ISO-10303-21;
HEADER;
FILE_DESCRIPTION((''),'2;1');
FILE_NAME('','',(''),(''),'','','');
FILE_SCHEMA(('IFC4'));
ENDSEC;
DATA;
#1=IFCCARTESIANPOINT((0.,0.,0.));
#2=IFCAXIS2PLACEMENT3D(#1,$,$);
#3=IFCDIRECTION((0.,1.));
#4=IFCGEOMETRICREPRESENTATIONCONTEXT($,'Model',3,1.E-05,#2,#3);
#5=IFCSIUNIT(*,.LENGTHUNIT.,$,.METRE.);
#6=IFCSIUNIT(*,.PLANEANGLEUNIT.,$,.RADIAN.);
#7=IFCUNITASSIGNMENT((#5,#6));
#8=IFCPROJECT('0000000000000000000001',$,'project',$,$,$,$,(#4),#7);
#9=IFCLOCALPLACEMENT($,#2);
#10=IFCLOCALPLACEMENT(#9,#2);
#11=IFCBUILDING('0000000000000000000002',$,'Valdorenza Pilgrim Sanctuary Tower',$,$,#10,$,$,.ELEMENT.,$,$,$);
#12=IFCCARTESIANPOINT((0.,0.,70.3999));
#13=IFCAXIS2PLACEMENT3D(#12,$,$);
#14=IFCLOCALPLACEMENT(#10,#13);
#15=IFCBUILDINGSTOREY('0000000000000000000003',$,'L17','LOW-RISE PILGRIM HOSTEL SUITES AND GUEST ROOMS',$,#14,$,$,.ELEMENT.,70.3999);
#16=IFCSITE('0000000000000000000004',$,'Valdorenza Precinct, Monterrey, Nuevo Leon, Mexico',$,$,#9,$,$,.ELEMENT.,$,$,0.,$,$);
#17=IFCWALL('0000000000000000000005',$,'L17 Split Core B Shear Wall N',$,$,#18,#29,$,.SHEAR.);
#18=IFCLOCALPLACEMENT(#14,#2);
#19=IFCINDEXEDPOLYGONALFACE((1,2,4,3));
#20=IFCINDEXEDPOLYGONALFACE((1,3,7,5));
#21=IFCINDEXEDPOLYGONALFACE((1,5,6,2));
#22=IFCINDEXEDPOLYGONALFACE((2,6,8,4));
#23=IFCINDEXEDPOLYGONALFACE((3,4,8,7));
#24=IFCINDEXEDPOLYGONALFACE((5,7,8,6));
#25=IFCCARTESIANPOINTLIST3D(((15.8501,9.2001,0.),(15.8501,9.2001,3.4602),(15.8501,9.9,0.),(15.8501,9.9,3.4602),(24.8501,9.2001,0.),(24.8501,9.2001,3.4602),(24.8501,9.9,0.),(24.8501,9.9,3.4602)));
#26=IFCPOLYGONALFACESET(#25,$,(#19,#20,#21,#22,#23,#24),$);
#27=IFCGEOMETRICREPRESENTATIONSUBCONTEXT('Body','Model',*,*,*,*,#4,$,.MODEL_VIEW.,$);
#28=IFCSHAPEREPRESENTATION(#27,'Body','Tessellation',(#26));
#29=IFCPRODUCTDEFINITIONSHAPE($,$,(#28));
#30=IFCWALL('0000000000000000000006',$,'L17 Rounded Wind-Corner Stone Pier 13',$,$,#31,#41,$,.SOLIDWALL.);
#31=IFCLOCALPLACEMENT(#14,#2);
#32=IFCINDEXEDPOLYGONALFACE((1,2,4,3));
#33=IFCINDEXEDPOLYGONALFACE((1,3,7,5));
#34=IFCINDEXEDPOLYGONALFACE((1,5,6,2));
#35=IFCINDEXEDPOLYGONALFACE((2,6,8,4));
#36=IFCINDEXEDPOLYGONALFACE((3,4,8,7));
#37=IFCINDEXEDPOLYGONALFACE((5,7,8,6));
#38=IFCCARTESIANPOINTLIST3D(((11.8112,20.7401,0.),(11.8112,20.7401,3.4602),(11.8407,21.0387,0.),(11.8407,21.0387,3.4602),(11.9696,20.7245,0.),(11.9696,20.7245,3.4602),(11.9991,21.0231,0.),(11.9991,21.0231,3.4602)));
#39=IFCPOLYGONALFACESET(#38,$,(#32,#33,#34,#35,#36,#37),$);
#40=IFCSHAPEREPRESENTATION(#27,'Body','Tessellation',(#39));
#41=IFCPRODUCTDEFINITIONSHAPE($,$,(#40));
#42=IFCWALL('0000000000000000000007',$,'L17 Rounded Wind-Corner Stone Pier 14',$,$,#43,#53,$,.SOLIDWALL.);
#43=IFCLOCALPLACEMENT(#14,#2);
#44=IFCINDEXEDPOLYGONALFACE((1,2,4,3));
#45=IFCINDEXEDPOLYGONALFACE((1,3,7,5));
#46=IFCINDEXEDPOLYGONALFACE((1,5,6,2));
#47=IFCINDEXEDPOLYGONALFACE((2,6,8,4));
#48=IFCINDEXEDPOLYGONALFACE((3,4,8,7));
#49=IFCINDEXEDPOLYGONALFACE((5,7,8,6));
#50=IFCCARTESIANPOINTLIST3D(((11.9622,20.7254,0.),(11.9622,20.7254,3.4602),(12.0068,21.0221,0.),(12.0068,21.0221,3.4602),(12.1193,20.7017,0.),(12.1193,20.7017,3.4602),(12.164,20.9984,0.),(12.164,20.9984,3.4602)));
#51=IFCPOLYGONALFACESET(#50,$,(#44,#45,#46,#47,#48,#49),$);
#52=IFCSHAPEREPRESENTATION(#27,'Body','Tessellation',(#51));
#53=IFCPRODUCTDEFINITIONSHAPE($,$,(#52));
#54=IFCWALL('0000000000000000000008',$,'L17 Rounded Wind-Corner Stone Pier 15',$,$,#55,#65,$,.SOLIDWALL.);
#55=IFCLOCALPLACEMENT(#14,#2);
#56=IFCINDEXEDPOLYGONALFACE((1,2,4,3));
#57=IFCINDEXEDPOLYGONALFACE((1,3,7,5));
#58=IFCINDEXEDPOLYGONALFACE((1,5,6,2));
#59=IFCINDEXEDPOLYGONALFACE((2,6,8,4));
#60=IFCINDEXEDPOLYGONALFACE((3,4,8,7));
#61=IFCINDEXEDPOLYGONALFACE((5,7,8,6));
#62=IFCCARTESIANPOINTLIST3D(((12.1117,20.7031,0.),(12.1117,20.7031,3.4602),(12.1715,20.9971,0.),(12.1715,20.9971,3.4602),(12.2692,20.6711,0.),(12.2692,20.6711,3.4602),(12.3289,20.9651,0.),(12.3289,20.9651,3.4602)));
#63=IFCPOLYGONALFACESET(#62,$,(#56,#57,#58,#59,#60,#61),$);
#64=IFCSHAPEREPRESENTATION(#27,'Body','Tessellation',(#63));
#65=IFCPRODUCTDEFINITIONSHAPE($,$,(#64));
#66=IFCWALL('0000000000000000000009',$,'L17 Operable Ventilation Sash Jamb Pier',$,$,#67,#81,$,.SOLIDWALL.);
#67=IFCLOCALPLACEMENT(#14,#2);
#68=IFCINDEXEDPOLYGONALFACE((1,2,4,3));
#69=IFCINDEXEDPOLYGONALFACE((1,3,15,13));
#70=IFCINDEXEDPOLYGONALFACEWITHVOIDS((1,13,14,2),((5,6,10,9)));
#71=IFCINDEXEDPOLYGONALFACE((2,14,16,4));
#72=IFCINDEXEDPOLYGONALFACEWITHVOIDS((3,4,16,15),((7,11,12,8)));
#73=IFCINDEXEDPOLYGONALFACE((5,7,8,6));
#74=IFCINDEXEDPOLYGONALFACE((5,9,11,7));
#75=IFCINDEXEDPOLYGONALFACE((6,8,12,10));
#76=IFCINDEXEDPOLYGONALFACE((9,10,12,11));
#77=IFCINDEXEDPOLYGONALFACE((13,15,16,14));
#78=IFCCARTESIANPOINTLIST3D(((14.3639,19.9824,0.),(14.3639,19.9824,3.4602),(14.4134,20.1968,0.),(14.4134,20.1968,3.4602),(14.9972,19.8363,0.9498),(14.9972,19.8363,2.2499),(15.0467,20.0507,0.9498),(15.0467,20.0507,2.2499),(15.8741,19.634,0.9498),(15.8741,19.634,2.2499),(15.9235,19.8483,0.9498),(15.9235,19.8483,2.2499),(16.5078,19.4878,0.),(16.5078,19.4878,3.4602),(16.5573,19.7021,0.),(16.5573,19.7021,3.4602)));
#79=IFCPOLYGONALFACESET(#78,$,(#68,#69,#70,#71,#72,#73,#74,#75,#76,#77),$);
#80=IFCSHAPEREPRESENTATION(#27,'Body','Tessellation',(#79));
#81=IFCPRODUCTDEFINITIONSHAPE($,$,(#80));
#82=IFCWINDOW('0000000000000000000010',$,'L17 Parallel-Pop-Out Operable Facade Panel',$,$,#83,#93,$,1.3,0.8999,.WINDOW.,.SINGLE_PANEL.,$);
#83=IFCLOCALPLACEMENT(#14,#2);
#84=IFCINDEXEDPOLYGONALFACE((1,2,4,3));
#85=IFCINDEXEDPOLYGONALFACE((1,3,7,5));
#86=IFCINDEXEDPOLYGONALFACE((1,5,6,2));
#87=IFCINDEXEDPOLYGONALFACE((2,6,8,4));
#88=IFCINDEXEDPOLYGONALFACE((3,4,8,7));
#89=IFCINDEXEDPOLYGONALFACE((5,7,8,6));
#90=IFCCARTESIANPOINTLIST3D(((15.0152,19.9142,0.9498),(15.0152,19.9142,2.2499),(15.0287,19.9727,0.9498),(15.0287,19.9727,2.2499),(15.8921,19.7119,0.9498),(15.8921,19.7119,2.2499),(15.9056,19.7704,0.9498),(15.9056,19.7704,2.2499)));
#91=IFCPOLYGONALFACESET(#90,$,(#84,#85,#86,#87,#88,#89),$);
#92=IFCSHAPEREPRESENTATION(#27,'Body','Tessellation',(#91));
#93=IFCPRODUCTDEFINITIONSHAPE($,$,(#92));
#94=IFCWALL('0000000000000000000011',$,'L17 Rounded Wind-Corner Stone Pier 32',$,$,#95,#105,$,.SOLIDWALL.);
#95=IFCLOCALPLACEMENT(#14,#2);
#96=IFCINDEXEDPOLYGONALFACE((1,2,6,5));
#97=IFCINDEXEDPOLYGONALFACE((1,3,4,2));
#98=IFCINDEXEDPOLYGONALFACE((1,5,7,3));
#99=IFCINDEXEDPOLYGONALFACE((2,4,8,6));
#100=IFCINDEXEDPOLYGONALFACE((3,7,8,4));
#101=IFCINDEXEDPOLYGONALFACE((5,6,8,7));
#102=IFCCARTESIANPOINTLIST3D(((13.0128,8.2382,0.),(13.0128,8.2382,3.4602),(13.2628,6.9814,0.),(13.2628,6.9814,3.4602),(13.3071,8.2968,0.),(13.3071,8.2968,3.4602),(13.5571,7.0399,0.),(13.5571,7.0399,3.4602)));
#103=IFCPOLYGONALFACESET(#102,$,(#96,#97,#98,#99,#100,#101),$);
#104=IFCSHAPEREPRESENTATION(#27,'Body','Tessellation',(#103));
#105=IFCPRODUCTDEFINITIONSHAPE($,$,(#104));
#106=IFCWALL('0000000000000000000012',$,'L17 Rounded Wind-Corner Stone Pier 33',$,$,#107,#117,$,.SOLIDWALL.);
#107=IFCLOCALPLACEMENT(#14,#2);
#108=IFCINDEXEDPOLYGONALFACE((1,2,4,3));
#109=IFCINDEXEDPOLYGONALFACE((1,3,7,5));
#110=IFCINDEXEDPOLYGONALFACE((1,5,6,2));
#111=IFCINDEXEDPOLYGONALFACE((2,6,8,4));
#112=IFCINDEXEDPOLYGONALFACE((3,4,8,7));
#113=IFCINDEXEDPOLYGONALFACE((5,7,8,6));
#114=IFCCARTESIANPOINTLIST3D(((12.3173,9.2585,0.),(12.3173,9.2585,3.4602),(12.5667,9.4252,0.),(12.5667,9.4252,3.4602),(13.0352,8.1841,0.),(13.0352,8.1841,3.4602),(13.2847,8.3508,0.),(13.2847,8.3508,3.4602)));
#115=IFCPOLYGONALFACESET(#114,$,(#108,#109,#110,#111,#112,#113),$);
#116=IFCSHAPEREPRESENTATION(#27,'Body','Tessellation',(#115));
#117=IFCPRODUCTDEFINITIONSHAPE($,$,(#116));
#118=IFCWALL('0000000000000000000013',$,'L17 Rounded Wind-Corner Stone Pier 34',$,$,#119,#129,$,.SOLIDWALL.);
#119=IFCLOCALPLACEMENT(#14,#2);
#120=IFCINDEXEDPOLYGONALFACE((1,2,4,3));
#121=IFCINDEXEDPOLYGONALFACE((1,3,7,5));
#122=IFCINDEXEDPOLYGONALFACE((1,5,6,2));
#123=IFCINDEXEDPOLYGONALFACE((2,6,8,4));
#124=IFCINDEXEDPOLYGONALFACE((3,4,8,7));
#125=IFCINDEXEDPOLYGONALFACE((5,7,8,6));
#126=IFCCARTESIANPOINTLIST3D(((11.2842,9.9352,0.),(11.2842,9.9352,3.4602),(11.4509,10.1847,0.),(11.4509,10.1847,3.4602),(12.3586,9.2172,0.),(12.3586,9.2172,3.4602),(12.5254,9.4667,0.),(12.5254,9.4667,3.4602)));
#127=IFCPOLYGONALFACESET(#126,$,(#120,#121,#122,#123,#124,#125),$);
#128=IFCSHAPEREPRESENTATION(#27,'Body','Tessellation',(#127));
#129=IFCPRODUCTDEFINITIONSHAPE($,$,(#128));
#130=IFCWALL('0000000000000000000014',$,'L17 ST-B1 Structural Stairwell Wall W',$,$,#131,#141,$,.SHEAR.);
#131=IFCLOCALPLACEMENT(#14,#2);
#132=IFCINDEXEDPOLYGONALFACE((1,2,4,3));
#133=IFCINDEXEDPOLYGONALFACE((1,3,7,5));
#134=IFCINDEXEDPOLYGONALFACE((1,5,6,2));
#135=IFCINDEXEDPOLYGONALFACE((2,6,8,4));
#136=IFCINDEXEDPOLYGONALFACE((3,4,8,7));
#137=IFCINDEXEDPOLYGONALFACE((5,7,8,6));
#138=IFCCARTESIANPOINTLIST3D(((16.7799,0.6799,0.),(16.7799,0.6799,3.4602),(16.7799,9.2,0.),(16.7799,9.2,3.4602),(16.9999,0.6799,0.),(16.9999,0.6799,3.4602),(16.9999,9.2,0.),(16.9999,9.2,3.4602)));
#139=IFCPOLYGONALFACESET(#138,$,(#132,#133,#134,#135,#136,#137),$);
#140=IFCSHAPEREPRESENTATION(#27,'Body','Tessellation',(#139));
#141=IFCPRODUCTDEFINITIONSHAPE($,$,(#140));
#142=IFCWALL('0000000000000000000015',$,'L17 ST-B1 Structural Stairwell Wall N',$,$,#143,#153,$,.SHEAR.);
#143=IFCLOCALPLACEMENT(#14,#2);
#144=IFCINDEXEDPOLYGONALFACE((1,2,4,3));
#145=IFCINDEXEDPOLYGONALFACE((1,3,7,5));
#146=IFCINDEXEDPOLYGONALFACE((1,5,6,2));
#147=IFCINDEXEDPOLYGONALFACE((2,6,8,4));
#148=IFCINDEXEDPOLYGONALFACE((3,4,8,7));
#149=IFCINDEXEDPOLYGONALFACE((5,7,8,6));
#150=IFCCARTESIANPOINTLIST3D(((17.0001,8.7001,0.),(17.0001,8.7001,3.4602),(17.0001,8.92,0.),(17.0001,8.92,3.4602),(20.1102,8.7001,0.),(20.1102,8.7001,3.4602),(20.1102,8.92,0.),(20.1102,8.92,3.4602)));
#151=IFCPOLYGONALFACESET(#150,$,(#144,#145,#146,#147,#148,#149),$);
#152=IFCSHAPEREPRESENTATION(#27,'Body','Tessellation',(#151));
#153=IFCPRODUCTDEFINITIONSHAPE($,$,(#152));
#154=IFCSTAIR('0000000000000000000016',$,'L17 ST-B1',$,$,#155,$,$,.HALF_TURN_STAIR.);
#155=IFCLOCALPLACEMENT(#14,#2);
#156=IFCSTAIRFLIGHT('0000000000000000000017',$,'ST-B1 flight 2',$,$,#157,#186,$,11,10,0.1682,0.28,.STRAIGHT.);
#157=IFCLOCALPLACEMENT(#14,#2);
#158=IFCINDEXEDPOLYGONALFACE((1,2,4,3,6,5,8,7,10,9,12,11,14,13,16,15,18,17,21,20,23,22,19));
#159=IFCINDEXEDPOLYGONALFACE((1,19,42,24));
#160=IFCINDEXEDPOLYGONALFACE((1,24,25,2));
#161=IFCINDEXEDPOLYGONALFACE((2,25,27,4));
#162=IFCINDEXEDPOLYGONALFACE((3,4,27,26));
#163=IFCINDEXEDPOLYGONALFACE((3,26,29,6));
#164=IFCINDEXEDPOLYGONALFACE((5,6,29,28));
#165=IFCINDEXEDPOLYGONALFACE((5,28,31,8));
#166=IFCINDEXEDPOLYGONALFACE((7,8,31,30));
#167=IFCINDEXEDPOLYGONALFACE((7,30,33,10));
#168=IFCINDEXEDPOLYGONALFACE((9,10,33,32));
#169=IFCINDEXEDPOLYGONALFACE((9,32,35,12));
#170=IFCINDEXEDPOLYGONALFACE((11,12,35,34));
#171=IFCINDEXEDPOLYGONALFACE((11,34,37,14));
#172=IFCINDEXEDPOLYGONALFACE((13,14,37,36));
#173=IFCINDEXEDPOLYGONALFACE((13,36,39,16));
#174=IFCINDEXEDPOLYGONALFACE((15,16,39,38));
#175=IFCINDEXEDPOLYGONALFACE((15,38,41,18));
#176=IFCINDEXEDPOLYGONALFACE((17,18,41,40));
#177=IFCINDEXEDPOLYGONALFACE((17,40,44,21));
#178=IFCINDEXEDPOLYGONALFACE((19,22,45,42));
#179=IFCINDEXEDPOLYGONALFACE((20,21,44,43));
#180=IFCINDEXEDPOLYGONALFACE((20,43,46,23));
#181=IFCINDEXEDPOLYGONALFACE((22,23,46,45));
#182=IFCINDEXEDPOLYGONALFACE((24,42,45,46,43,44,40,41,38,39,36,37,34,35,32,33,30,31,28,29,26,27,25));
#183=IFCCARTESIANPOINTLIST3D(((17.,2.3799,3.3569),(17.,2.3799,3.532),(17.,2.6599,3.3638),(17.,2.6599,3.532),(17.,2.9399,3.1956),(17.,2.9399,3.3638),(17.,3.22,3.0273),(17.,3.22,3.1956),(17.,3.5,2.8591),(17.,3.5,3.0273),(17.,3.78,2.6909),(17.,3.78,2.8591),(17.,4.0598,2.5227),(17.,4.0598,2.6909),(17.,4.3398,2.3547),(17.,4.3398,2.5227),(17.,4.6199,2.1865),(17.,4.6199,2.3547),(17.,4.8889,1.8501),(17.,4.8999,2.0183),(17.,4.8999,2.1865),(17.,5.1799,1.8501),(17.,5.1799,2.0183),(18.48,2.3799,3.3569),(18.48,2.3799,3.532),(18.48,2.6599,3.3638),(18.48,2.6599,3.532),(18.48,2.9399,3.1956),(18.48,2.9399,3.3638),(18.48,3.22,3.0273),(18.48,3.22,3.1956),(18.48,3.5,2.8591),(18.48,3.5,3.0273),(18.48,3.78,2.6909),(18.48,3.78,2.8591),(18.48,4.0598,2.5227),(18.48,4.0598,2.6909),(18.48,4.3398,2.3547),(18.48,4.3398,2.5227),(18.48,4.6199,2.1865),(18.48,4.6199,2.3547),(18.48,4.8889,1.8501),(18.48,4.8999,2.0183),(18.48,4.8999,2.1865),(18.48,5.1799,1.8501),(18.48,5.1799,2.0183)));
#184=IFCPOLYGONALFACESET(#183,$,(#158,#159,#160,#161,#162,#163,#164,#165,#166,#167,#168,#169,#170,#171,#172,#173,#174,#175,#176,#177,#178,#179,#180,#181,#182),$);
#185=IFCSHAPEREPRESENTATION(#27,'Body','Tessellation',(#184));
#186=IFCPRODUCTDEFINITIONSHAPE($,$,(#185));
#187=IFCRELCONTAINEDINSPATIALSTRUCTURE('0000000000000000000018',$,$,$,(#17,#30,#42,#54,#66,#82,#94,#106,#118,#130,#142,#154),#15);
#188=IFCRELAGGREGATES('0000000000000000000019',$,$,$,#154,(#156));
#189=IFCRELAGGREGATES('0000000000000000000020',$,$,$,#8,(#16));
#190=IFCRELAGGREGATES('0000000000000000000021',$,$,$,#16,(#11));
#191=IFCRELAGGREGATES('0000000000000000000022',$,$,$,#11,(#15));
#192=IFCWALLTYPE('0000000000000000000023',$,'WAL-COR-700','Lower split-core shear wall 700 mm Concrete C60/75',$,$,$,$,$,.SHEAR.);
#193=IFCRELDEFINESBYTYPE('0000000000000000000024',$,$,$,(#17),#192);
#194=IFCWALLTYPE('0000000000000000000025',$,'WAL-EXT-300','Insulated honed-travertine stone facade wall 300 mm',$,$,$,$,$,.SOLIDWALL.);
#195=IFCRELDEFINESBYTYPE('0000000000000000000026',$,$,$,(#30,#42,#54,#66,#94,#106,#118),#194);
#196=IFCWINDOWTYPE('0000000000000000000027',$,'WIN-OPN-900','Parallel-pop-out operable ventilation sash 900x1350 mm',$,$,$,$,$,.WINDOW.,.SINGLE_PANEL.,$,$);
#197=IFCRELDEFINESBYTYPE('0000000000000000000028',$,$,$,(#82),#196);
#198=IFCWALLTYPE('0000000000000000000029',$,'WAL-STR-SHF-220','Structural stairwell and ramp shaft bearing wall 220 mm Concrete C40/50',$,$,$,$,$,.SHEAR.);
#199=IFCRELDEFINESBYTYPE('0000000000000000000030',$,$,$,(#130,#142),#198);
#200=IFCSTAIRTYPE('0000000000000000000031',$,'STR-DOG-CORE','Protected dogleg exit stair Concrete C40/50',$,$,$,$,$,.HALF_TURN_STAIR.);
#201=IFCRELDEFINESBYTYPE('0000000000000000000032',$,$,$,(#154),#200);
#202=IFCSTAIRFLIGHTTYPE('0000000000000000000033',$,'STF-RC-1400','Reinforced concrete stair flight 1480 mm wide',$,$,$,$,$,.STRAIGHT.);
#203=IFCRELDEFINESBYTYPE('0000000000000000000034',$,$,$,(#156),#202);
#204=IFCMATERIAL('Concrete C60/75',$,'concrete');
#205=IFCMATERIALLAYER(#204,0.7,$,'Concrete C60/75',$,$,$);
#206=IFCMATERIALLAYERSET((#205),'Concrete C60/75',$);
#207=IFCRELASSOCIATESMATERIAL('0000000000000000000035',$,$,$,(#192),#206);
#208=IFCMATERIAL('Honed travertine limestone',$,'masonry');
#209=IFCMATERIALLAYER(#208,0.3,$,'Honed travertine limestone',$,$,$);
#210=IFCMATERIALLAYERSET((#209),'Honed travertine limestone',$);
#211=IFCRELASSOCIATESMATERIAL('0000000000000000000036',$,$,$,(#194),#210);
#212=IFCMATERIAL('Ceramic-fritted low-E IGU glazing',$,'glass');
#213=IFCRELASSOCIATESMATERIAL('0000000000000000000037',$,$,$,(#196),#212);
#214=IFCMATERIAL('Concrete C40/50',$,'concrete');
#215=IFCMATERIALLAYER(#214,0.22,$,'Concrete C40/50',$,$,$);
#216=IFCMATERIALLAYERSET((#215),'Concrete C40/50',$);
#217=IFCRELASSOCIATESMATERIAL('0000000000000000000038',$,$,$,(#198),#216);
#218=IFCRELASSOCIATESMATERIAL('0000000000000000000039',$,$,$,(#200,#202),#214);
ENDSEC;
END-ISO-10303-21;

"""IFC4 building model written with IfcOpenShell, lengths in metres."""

from ifc_helpers import new_model, si_unit, direction, frame, frame_2d, origin, place, context, subcontext, project, spatial, polyline, rectangle, outline, extrude, material, layer, layer_set, type_object, element, fill, aggregate, save


model = new_model("IFC4")

# Units and contexts
model_context = context("Model", 3, precision=1e-05, world=origin(), true_north=direction((0.0, 1.0)))
body_context = subcontext(model_context, "Body", "Model", "MODEL_VIEW")
ifc_project = project(units=[si_unit("LENGTHUNIT", "METRE"), si_unit("PLANEANGLEUNIT", "RADIAN")], contexts=[model_context])

# Site, building, storey
site_placement = place(None, origin())
site = spatial("IfcSite", under=ifc_project, at=site_placement, Name="Valdorenza Precinct, Monterrey, Nuevo Leon, Mexico", CompositionType="ELEMENT", RefElevation=0.0)
building_placement = place(site_placement, origin())
building = spatial("IfcBuilding", under=site, at=building_placement, Name="Valdorenza Pilgrim Sanctuary Tower", CompositionType="ELEMENT")
storey_placement = place(building_placement, frame((0.0, 0.0, 70.3999)))
storey = spatial("IfcBuildingStorey", under=building, at=storey_placement, Name="L17", Description="LOW-RISE PILGRIM HOSTEL SUITES AND GUEST ROOMS", CompositionType="ELEMENT", Elevation=70.3999)

# Shared definitions
ifc_material_1 = material(Name="Concrete C60/75", Category="concrete")

# Shared definitions
ifc_material_2 = material(Name="Honed travertine limestone", Category="masonry")
ifc_material_3 = material(Name="Ceramic-fritted low-E IGU glazing", Category="glass")

# Walls
ifc_layer_1 = layer(ifc_material_1, 0.7, Name="Concrete C60/75")
ifc_layer_set_1 = layer_set([ifc_layer_1], Name="Concrete C60/75")
wall_type_1 = type_object("IfcWallType", Name="WAL-COR-700", Description="Lower split-core shear wall 700 mm Concrete C60/75", PredefinedType="SHEAR", material=ifc_layer_set_1)
wall_1_placement = place(storey_placement, frame((15.8501, 9.55, 0.0), z_axis=(0.0, 0.0, 1.0), x_axis=(1.0, 0.0, 0.0)))
element("IfcWall", 1, at=wall_1_placement, inside=storey, type_object=wall_type_1, Name="L17 Split Core B Shear Wall N", PredefinedType="SHEAR", context=body_context, shape_type="SweptSolid", body=[
    extrude(rectangle(XDim=9.0, YDim=0.7, at=frame_2d((4.5, 0.0))), origin(), (0.0, 0.0, 1.0), 3.4602),
])
ifc_layer_2 = layer(ifc_material_2, 0.3, Name="Honed travertine limestone")
ifc_layer_set_2 = layer_set([ifc_layer_2], Name="Honed travertine limestone")
wall_type_2 = type_object("IfcWallType", Name="WAL-EXT-300", Description="Insulated honed-travertine stone facade wall 300 mm", PredefinedType="SOLIDWALL", material=ifc_layer_set_2)
wall_2_placement = place(storey_placement, frame((11.8259, 20.8894, 0.0), z_axis=(0.0, 0.0, 1.0), x_axis=(0.995173, -0.098137, 0.0)))
element("IfcWall", 2, at=wall_2_placement, inside=storey, type_object=wall_type_2, Name="L17 Rounded Wind-Corner Stone Pier 13", PredefinedType="SOLIDWALL", context=body_context, shape_type="SweptSolid", body=[
    extrude(rectangle(XDim=0.1592, YDim=0.3, at=frame_2d((0.0796, 0.0))), origin(), (0.0, 0.0, 1.0), 3.4602),
])
wall_3_placement = place(storey_placement, frame((11.9844, 20.8738, 0.0), z_axis=(0.0, 0.0, 1.0), x_axis=(0.988846, -0.148941, 0.0)))
element("IfcWall", 3, at=wall_3_placement, inside=storey, type_object=wall_type_2, Name="L17 Rounded Wind-Corner Stone Pier 14", PredefinedType="SOLIDWALL", context=body_context, shape_type="SweptSolid", body=[
    extrude(rectangle(XDim=0.1589, YDim=0.3, at=frame_2d((0.0796, 0.0))), origin(), (0.0, 0.0, 1.0), 3.4602),
])
wall_4_placement = place(storey_placement, frame((12.1416, 20.8501, 0.0), z_axis=(0.0, 0.0, 1.0), x_axis=(0.979992, -0.199037, 0.0)))
element("IfcWall", 4, at=wall_4_placement, inside=storey, type_object=wall_type_2, Name="L17 Rounded Wind-Corner Stone Pier 15", PredefinedType="SOLIDWALL", context=body_context, shape_type="SweptSolid", body=[
    extrude(rectangle(XDim=0.1606, YDim=0.3, at=frame_2d((0.0803, 0.0))), origin(), (0.0, 0.0, 1.0), 3.4602),
])

# Wall, opening, window
wall_5_placement = place(storey_placement, frame((14.3887, 20.0896, 0.0), z_axis=(0.0, 0.0, 1.0), x_axis=(0.974401, -0.224819, 0.0)))
wall_5 = element("IfcWall", 5, at=wall_5_placement, inside=storey, type_object=wall_type_2, Name="L17 Operable Ventilation Sash Jamb Pier", PredefinedType="SOLIDWALL", context=body_context, shape_type="SweptSolid", body=[
    extrude(rectangle(XDim=2.2002, YDim=0.22, at=frame_2d((1.1001, 0.0))), origin(), (0.0, 0.0, 1.0), 3.4602),
])
opening_1_placement = place(wall_5_placement, frame((0.6499, 0.0, 0.95)))
opening_1 = element("IfcOpeningElement", 6, at=opening_1_placement, cuts=wall_5, PredefinedType="OPENING", context=body_context, shape_type="SweptSolid", body=[
    extrude(rectangle(XDim=0.8999, YDim=1.3, at=frame_2d((0.45, 0.6499))), frame((0.0, 0.125, 0.0), z_axis=(0.0, -1.0, 0.0), x_axis=(1.0, 0.0, 0.0)), (0.0, 0.0, 1.0), 0.2498),
])
window_type = type_object("IfcWindowType", Name="WIN-OPN-900", Description="Parallel-pop-out operable ventilation sash 900x1350 mm", PartitioningType="SINGLE_PANEL", PredefinedType="WINDOW", material=ifc_material_3)
window_placement = place(opening_1_placement, origin())
window = element("IfcWindow", 7, at=window_placement, inside=storey, type_object=window_type, Name="L17 Parallel-Pop-Out Operable Facade Panel", OverallHeight=1.3, OverallWidth=0.8999, PartitioningType="SINGLE_PANEL", PredefinedType="WINDOW", context=body_context, shape_type="SweptSolid", body=[
    extrude(rectangle(XDim=0.8999, YDim=1.3, at=frame_2d((0.45, 0.6499))), frame((0.0, 0.03, 0.0), z_axis=(0.0, -1.0, 0.0), x_axis=(1.0, 0.0, 0.0)), (0.0, 0.0, 1.0), 0.0601),
])
fill(opening_1, window)

# Walls
wall_6_placement = place(storey_placement, frame((13.4099, 7.0107, 0.0), z_axis=(0.0, 0.0, 1.0), x_axis=(-0.19509, 0.980785, 0.0)))
element("IfcWall", 8, at=wall_6_placement, inside=storey, type_object=wall_type_2, Name="L17 Rounded Wind-Corner Stone Pier 32", PredefinedType="SOLIDWALL", context=body_context, shape_type="SweptSolid", body=[
    extrude(rectangle(XDim=1.2815, YDim=0.3, at=frame_2d((0.6406, 0.0))), origin(), (0.0, 0.0, 1.0), 3.4602),
])
for number, where, z_axis, x_axis, name in (
    (9, (13.1599, 8.2676, 0.0), (0.0, 0.0, 1.0), (-0.555615, 0.831439, 0.0), "L17 Rounded Wind-Corner Stone Pier 33"),
    (10, (12.4419, 9.342, 0.0), (0.0, 0.0, 1.0), (-0.831439, 0.555615, 0.0), "L17 Rounded Wind-Corner Stone Pier 34"),
):
    element("IfcWall", number, at=place(storey_placement, frame(where, z_axis=z_axis, x_axis=x_axis)), inside=storey, type_object=wall_type_2, Name=name, PredefinedType="SOLIDWALL", context=body_context, shape_type="SweptSolid", body=[
        extrude(rectangle(XDim=1.2922, YDim=0.3, at=frame_2d((0.646, 0.0))), origin(), (0.0, 0.0, 1.0), 3.4602),
    ])
ifc_material_4 = material(Name="Concrete C40/50", Category="concrete")
ifc_layer_3 = layer(ifc_material_4, 0.22, Name="Concrete C40/50")
ifc_layer_set_3 = layer_set([ifc_layer_3], Name="Concrete C40/50")
wall_type_3 = type_object("IfcWallType", Name="WAL-STR-SHF-220", Description="Structural stairwell and ramp shaft bearing wall 220 mm Concrete C40/50", PredefinedType="SHEAR", material=ifc_layer_set_3)
wall_7_placement = place(storey_placement, frame((16.8899, 0.6799, 0.0), z_axis=(0.0, 0.0, 1.0), x_axis=(0.0, 1.0, 0.0)))
element("IfcWall", 11, at=wall_7_placement, inside=storey, type_object=wall_type_3, Name="L17 ST-B1 Structural Stairwell Wall W", PredefinedType="SHEAR", context=body_context, shape_type="SweptSolid", body=[
    extrude(rectangle(XDim=8.52, YDim=0.22, at=frame_2d((4.26, 0.0))), origin(), (0.0, 0.0, 1.0), 3.4602),
])

# Wall
wall_8_placement = place(storey_placement, frame((17.0, 8.8101, 0.0), z_axis=(0.0, 0.0, 1.0), x_axis=(1.0, 0.0, 0.0)))
element("IfcWall", 12, at=wall_8_placement, inside=storey, type_object=wall_type_3, Name="L17 ST-B1 Structural Stairwell Wall N", PredefinedType="SHEAR", context=body_context, shape_type="SweptSolid", body=[
    extrude(rectangle(XDim=3.1101, YDim=0.22, at=frame_2d((1.5552, 0.0))), origin(), (0.0, 0.0, 1.0), 3.4602),
])

# Stair, stair flight
stair_type = type_object("IfcStairType", Name="STR-DOG-CORE", Description="Protected dogleg exit stair Concrete C40/50", PredefinedType="HALF_TURN_STAIR", material=ifc_material_4)
stair_placement = place(storey_placement, origin())
stair = element("IfcStair", 13, at=stair_placement, inside=storey, type_object=stair_type, Name="L17 ST-B1", PredefinedType="HALF_TURN_STAIR")
stair_flight_type = type_object("IfcStairFlightType", Name="STF-RC-1400", Description="Reinforced concrete stair flight 1480 mm wide", PredefinedType="STRAIGHT", material=ifc_material_4)
stair_flight_placement = place(storey_placement, frame((17.74, 5.1799, 1.8501), z_axis=(0.0, 0.0, 1.0), x_axis=(0.0, -1.0, 0.0)))
stair_flight = element("IfcStairFlight", 14, at=stair_flight_placement, type_object=stair_flight_type, Name="ST-B1 flight 2", NumberOfRisers=11, NumberOfTreads=10, PredefinedType="STRAIGHT", RiserHeight=0.1682, TreadLength=0.28, context=body_context, shape_type="SweptSolid", body=[
    extrude(outline(polyline([(0.0, 0.0), (0.0, 0.1682), (0.28, 0.1682), (0.28, 0.3364), (0.5601, 0.3364), (0.5601, 0.5046), (0.8401, 0.5046), (0.8401, 0.6726), (1.1201, 0.6726), (1.1201, 0.8408), (1.3999, 0.8408), (1.3999, 1.009), (1.6799, 1.009), (1.6799, 1.1772), (1.96, 1.1772), (1.96, 1.3455), (2.24, 1.3455), (2.24, 1.5137), (2.52, 1.5137), (2.52, 1.6819), (2.8, 1.6819), (2.8, 1.8501), (2.8, 1.5068), (0.291, 0.0), (0.0, 0.0)])), frame((0.0, 0.74, 0.0), z_axis=(0.0, -1.0, 0.0), x_axis=(1.0, 0.0, 0.0)), (0.0, 0.0, 1.0), 1.48),
])
aggregate(stair, [stair_flight])

save(model, "model.ifc")
